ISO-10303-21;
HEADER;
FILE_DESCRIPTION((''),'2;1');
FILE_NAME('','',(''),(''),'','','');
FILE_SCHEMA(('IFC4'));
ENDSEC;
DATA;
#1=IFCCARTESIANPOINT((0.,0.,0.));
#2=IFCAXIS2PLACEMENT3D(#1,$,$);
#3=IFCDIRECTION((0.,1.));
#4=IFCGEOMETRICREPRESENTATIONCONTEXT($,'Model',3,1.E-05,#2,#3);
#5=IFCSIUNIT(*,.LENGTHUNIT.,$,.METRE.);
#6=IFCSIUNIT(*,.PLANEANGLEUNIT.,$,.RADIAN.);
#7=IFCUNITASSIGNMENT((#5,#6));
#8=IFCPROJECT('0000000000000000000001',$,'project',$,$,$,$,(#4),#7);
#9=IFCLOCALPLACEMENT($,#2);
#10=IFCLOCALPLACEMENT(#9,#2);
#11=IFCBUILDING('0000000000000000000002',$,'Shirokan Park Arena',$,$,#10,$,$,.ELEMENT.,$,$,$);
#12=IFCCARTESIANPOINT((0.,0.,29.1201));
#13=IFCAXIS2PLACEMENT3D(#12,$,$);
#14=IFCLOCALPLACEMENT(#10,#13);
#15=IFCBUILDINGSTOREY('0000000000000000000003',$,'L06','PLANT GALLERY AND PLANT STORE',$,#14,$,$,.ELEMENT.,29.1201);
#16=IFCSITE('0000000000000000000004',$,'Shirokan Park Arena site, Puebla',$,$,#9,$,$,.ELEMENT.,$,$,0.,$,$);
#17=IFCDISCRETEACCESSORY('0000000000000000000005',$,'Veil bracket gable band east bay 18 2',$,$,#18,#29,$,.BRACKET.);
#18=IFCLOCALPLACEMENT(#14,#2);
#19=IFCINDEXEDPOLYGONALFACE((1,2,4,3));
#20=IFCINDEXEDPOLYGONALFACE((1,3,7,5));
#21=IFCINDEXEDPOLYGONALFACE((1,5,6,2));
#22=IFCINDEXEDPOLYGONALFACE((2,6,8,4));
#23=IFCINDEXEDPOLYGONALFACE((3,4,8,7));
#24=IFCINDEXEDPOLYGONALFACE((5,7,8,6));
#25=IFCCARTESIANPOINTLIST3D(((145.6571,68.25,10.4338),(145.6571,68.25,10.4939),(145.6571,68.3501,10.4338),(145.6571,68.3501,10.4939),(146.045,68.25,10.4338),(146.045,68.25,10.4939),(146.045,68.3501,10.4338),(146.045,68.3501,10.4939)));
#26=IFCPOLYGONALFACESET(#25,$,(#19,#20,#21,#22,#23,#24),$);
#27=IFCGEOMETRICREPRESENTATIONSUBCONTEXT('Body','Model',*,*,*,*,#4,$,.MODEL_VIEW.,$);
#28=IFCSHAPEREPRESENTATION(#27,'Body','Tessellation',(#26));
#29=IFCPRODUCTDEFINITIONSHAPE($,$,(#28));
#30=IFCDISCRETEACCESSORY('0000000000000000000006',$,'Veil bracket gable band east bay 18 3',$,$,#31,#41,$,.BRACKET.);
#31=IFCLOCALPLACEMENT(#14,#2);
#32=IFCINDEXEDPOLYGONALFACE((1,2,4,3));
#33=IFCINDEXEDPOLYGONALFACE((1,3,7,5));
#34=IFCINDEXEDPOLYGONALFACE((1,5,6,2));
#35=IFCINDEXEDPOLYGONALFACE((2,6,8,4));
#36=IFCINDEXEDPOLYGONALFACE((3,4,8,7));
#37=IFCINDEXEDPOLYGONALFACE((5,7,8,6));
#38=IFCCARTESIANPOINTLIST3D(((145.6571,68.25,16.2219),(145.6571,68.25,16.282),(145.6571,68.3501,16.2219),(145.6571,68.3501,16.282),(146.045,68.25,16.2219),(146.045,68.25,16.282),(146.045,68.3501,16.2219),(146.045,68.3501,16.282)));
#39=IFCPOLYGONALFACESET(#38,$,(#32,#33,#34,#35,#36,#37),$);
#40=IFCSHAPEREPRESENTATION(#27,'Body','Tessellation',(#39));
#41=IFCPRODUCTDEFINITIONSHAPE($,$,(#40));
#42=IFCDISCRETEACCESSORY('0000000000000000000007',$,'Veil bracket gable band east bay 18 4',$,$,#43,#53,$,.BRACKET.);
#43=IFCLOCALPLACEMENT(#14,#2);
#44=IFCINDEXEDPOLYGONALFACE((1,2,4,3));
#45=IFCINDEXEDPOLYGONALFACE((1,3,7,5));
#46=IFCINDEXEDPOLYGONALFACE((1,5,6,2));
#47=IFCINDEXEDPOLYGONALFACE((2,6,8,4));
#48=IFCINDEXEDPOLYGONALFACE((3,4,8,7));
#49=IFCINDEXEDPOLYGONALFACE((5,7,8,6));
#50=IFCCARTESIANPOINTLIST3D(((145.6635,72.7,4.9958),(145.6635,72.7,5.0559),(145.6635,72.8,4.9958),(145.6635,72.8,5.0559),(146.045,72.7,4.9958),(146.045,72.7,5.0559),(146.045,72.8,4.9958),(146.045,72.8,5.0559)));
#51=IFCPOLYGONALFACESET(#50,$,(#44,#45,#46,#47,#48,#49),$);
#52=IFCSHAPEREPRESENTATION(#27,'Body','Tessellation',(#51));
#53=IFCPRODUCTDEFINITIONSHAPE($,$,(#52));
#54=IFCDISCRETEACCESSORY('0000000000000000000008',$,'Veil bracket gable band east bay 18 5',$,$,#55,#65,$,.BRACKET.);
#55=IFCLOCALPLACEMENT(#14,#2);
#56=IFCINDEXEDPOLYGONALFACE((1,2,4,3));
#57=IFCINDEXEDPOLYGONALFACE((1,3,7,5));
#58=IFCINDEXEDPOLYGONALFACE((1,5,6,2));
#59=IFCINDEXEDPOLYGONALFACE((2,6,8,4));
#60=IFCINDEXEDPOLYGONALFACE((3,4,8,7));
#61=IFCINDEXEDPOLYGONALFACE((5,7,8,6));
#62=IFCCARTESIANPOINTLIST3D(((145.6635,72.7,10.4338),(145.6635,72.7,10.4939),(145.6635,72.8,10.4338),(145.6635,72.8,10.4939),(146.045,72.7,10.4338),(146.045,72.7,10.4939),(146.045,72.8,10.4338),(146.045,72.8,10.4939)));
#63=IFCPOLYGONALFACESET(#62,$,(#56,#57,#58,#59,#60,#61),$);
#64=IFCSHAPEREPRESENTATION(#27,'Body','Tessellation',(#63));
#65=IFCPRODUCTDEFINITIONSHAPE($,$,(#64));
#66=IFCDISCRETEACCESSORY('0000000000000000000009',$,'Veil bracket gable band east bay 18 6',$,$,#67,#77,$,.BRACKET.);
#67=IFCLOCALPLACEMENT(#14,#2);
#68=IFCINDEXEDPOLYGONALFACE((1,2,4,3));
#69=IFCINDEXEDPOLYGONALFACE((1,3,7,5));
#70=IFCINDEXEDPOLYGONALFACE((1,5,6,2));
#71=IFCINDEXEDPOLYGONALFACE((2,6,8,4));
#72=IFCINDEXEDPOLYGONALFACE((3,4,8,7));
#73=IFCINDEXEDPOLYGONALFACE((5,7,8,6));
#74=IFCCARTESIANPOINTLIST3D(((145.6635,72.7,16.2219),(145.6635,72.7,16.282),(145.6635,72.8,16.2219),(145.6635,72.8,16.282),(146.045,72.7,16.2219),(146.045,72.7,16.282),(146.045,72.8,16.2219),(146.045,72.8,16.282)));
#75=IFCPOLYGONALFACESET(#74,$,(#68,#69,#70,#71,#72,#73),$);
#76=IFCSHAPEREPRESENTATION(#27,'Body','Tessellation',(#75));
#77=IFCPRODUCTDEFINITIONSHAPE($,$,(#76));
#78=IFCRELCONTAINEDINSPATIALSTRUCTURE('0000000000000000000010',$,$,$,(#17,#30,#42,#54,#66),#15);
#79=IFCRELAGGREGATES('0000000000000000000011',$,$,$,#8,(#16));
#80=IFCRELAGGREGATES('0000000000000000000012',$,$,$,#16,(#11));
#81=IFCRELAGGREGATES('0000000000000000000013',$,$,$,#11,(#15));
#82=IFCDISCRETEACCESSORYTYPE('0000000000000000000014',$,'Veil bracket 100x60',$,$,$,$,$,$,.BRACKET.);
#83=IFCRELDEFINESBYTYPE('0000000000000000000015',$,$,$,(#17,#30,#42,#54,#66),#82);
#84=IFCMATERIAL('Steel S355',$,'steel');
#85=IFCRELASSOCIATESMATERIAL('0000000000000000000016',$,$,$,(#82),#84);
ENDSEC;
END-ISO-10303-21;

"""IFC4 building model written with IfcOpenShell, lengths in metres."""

from ifc_helpers import new_model, si_unit, direction, frame, origin, origin_2d, place, context, subcontext, project, spatial, rectangle, extrude, material, type_object, element, save


model = new_model("IFC4")

# Units and contexts
model_context = context("Model", 3, precision=1e-05, world=origin(), true_north=direction((0.0, 1.0)))
body_context = subcontext(model_context, "Body", "Model", "MODEL_VIEW")
ifc_project = project(units=[si_unit("LENGTHUNIT", "METRE"), si_unit("PLANEANGLEUNIT", "RADIAN")], contexts=[model_context])

# Site, building, storey
site_placement = place(None, origin())
site = spatial("IfcSite", under=ifc_project, at=site_placement, Name="Shirokan Park Arena site, Puebla", CompositionType="ELEMENT", RefElevation=0.0)
building_placement = place(site_placement, origin())
building = spatial("IfcBuilding", under=site, at=building_placement, Name="Shirokan Park Arena", CompositionType="ELEMENT")
storey_placement = place(building_placement, frame((0.0, 0.0, 29.1201)))
storey = spatial("IfcBuildingStorey", under=building, at=storey_placement, Name="L06", Description="PLANT GALLERY AND PLANT STORE", CompositionType="ELEMENT", Elevation=29.1201)

# Discrete accessories
ifc_material_1 = material(Name="Steel S355", Category="steel")
discrete_accessory_type = type_object("IfcDiscreteAccessoryType", Name="Veil bracket 100x60", PredefinedType="BRACKET", material=ifc_material_1)
for number, where, z_axis, x_axis, name in (
    (1, (145.8511, 68.3, 10.4338), (0.0, 0.0, 1.0), (1.0, 0.0, 0.0), "Veil bracket gable band east bay 18 2"),
    (2, (145.8511, 68.3, 16.2219), (0.0, 0.0, 1.0), (1.0, 0.0, 0.0), "Veil bracket gable band east bay 18 3"),
):
    element("IfcDiscreteAccessory", number, at=place(storey_placement, frame(where, z_axis=z_axis, x_axis=x_axis)), inside=storey, type_object=discrete_accessory_type, Name=name, PredefinedType="BRACKET", context=body_context, shape_type="SweptSolid", body=[
        extrude(rectangle(XDim=0.3879, YDim=0.1001, at=origin_2d()), origin(), (0.0, 0.0, 1.0), 0.0601),
    ])
for number, where, z_axis, x_axis, name in (
    (3, (145.8542, 72.75, 4.9958), (0.0, 0.0, 1.0), (1.0, 0.0, 0.0), "Veil bracket gable band east bay 18 4"),
    (4, (145.8542, 72.75, 10.4338), (0.0, 0.0, 1.0), (1.0, 0.0, 0.0), "Veil bracket gable band east bay 18 5"),
    (5, (145.8542, 72.75, 16.2219), (0.0, 0.0, 1.0), (1.0, 0.0, 0.0), "Veil bracket gable band east bay 18 6"),
):
    element("IfcDiscreteAccessory", number, at=place(storey_placement, frame(where, z_axis=z_axis, x_axis=x_axis)), inside=storey, type_object=discrete_accessory_type, Name=name, PredefinedType="BRACKET", context=body_context, shape_type="SweptSolid", body=[
        extrude(rectangle(XDim=0.3816, YDim=0.1001, at=origin_2d()), origin(), (0.0, 0.0, 1.0), 0.0601),
    ])

save(model, "model.ifc")
